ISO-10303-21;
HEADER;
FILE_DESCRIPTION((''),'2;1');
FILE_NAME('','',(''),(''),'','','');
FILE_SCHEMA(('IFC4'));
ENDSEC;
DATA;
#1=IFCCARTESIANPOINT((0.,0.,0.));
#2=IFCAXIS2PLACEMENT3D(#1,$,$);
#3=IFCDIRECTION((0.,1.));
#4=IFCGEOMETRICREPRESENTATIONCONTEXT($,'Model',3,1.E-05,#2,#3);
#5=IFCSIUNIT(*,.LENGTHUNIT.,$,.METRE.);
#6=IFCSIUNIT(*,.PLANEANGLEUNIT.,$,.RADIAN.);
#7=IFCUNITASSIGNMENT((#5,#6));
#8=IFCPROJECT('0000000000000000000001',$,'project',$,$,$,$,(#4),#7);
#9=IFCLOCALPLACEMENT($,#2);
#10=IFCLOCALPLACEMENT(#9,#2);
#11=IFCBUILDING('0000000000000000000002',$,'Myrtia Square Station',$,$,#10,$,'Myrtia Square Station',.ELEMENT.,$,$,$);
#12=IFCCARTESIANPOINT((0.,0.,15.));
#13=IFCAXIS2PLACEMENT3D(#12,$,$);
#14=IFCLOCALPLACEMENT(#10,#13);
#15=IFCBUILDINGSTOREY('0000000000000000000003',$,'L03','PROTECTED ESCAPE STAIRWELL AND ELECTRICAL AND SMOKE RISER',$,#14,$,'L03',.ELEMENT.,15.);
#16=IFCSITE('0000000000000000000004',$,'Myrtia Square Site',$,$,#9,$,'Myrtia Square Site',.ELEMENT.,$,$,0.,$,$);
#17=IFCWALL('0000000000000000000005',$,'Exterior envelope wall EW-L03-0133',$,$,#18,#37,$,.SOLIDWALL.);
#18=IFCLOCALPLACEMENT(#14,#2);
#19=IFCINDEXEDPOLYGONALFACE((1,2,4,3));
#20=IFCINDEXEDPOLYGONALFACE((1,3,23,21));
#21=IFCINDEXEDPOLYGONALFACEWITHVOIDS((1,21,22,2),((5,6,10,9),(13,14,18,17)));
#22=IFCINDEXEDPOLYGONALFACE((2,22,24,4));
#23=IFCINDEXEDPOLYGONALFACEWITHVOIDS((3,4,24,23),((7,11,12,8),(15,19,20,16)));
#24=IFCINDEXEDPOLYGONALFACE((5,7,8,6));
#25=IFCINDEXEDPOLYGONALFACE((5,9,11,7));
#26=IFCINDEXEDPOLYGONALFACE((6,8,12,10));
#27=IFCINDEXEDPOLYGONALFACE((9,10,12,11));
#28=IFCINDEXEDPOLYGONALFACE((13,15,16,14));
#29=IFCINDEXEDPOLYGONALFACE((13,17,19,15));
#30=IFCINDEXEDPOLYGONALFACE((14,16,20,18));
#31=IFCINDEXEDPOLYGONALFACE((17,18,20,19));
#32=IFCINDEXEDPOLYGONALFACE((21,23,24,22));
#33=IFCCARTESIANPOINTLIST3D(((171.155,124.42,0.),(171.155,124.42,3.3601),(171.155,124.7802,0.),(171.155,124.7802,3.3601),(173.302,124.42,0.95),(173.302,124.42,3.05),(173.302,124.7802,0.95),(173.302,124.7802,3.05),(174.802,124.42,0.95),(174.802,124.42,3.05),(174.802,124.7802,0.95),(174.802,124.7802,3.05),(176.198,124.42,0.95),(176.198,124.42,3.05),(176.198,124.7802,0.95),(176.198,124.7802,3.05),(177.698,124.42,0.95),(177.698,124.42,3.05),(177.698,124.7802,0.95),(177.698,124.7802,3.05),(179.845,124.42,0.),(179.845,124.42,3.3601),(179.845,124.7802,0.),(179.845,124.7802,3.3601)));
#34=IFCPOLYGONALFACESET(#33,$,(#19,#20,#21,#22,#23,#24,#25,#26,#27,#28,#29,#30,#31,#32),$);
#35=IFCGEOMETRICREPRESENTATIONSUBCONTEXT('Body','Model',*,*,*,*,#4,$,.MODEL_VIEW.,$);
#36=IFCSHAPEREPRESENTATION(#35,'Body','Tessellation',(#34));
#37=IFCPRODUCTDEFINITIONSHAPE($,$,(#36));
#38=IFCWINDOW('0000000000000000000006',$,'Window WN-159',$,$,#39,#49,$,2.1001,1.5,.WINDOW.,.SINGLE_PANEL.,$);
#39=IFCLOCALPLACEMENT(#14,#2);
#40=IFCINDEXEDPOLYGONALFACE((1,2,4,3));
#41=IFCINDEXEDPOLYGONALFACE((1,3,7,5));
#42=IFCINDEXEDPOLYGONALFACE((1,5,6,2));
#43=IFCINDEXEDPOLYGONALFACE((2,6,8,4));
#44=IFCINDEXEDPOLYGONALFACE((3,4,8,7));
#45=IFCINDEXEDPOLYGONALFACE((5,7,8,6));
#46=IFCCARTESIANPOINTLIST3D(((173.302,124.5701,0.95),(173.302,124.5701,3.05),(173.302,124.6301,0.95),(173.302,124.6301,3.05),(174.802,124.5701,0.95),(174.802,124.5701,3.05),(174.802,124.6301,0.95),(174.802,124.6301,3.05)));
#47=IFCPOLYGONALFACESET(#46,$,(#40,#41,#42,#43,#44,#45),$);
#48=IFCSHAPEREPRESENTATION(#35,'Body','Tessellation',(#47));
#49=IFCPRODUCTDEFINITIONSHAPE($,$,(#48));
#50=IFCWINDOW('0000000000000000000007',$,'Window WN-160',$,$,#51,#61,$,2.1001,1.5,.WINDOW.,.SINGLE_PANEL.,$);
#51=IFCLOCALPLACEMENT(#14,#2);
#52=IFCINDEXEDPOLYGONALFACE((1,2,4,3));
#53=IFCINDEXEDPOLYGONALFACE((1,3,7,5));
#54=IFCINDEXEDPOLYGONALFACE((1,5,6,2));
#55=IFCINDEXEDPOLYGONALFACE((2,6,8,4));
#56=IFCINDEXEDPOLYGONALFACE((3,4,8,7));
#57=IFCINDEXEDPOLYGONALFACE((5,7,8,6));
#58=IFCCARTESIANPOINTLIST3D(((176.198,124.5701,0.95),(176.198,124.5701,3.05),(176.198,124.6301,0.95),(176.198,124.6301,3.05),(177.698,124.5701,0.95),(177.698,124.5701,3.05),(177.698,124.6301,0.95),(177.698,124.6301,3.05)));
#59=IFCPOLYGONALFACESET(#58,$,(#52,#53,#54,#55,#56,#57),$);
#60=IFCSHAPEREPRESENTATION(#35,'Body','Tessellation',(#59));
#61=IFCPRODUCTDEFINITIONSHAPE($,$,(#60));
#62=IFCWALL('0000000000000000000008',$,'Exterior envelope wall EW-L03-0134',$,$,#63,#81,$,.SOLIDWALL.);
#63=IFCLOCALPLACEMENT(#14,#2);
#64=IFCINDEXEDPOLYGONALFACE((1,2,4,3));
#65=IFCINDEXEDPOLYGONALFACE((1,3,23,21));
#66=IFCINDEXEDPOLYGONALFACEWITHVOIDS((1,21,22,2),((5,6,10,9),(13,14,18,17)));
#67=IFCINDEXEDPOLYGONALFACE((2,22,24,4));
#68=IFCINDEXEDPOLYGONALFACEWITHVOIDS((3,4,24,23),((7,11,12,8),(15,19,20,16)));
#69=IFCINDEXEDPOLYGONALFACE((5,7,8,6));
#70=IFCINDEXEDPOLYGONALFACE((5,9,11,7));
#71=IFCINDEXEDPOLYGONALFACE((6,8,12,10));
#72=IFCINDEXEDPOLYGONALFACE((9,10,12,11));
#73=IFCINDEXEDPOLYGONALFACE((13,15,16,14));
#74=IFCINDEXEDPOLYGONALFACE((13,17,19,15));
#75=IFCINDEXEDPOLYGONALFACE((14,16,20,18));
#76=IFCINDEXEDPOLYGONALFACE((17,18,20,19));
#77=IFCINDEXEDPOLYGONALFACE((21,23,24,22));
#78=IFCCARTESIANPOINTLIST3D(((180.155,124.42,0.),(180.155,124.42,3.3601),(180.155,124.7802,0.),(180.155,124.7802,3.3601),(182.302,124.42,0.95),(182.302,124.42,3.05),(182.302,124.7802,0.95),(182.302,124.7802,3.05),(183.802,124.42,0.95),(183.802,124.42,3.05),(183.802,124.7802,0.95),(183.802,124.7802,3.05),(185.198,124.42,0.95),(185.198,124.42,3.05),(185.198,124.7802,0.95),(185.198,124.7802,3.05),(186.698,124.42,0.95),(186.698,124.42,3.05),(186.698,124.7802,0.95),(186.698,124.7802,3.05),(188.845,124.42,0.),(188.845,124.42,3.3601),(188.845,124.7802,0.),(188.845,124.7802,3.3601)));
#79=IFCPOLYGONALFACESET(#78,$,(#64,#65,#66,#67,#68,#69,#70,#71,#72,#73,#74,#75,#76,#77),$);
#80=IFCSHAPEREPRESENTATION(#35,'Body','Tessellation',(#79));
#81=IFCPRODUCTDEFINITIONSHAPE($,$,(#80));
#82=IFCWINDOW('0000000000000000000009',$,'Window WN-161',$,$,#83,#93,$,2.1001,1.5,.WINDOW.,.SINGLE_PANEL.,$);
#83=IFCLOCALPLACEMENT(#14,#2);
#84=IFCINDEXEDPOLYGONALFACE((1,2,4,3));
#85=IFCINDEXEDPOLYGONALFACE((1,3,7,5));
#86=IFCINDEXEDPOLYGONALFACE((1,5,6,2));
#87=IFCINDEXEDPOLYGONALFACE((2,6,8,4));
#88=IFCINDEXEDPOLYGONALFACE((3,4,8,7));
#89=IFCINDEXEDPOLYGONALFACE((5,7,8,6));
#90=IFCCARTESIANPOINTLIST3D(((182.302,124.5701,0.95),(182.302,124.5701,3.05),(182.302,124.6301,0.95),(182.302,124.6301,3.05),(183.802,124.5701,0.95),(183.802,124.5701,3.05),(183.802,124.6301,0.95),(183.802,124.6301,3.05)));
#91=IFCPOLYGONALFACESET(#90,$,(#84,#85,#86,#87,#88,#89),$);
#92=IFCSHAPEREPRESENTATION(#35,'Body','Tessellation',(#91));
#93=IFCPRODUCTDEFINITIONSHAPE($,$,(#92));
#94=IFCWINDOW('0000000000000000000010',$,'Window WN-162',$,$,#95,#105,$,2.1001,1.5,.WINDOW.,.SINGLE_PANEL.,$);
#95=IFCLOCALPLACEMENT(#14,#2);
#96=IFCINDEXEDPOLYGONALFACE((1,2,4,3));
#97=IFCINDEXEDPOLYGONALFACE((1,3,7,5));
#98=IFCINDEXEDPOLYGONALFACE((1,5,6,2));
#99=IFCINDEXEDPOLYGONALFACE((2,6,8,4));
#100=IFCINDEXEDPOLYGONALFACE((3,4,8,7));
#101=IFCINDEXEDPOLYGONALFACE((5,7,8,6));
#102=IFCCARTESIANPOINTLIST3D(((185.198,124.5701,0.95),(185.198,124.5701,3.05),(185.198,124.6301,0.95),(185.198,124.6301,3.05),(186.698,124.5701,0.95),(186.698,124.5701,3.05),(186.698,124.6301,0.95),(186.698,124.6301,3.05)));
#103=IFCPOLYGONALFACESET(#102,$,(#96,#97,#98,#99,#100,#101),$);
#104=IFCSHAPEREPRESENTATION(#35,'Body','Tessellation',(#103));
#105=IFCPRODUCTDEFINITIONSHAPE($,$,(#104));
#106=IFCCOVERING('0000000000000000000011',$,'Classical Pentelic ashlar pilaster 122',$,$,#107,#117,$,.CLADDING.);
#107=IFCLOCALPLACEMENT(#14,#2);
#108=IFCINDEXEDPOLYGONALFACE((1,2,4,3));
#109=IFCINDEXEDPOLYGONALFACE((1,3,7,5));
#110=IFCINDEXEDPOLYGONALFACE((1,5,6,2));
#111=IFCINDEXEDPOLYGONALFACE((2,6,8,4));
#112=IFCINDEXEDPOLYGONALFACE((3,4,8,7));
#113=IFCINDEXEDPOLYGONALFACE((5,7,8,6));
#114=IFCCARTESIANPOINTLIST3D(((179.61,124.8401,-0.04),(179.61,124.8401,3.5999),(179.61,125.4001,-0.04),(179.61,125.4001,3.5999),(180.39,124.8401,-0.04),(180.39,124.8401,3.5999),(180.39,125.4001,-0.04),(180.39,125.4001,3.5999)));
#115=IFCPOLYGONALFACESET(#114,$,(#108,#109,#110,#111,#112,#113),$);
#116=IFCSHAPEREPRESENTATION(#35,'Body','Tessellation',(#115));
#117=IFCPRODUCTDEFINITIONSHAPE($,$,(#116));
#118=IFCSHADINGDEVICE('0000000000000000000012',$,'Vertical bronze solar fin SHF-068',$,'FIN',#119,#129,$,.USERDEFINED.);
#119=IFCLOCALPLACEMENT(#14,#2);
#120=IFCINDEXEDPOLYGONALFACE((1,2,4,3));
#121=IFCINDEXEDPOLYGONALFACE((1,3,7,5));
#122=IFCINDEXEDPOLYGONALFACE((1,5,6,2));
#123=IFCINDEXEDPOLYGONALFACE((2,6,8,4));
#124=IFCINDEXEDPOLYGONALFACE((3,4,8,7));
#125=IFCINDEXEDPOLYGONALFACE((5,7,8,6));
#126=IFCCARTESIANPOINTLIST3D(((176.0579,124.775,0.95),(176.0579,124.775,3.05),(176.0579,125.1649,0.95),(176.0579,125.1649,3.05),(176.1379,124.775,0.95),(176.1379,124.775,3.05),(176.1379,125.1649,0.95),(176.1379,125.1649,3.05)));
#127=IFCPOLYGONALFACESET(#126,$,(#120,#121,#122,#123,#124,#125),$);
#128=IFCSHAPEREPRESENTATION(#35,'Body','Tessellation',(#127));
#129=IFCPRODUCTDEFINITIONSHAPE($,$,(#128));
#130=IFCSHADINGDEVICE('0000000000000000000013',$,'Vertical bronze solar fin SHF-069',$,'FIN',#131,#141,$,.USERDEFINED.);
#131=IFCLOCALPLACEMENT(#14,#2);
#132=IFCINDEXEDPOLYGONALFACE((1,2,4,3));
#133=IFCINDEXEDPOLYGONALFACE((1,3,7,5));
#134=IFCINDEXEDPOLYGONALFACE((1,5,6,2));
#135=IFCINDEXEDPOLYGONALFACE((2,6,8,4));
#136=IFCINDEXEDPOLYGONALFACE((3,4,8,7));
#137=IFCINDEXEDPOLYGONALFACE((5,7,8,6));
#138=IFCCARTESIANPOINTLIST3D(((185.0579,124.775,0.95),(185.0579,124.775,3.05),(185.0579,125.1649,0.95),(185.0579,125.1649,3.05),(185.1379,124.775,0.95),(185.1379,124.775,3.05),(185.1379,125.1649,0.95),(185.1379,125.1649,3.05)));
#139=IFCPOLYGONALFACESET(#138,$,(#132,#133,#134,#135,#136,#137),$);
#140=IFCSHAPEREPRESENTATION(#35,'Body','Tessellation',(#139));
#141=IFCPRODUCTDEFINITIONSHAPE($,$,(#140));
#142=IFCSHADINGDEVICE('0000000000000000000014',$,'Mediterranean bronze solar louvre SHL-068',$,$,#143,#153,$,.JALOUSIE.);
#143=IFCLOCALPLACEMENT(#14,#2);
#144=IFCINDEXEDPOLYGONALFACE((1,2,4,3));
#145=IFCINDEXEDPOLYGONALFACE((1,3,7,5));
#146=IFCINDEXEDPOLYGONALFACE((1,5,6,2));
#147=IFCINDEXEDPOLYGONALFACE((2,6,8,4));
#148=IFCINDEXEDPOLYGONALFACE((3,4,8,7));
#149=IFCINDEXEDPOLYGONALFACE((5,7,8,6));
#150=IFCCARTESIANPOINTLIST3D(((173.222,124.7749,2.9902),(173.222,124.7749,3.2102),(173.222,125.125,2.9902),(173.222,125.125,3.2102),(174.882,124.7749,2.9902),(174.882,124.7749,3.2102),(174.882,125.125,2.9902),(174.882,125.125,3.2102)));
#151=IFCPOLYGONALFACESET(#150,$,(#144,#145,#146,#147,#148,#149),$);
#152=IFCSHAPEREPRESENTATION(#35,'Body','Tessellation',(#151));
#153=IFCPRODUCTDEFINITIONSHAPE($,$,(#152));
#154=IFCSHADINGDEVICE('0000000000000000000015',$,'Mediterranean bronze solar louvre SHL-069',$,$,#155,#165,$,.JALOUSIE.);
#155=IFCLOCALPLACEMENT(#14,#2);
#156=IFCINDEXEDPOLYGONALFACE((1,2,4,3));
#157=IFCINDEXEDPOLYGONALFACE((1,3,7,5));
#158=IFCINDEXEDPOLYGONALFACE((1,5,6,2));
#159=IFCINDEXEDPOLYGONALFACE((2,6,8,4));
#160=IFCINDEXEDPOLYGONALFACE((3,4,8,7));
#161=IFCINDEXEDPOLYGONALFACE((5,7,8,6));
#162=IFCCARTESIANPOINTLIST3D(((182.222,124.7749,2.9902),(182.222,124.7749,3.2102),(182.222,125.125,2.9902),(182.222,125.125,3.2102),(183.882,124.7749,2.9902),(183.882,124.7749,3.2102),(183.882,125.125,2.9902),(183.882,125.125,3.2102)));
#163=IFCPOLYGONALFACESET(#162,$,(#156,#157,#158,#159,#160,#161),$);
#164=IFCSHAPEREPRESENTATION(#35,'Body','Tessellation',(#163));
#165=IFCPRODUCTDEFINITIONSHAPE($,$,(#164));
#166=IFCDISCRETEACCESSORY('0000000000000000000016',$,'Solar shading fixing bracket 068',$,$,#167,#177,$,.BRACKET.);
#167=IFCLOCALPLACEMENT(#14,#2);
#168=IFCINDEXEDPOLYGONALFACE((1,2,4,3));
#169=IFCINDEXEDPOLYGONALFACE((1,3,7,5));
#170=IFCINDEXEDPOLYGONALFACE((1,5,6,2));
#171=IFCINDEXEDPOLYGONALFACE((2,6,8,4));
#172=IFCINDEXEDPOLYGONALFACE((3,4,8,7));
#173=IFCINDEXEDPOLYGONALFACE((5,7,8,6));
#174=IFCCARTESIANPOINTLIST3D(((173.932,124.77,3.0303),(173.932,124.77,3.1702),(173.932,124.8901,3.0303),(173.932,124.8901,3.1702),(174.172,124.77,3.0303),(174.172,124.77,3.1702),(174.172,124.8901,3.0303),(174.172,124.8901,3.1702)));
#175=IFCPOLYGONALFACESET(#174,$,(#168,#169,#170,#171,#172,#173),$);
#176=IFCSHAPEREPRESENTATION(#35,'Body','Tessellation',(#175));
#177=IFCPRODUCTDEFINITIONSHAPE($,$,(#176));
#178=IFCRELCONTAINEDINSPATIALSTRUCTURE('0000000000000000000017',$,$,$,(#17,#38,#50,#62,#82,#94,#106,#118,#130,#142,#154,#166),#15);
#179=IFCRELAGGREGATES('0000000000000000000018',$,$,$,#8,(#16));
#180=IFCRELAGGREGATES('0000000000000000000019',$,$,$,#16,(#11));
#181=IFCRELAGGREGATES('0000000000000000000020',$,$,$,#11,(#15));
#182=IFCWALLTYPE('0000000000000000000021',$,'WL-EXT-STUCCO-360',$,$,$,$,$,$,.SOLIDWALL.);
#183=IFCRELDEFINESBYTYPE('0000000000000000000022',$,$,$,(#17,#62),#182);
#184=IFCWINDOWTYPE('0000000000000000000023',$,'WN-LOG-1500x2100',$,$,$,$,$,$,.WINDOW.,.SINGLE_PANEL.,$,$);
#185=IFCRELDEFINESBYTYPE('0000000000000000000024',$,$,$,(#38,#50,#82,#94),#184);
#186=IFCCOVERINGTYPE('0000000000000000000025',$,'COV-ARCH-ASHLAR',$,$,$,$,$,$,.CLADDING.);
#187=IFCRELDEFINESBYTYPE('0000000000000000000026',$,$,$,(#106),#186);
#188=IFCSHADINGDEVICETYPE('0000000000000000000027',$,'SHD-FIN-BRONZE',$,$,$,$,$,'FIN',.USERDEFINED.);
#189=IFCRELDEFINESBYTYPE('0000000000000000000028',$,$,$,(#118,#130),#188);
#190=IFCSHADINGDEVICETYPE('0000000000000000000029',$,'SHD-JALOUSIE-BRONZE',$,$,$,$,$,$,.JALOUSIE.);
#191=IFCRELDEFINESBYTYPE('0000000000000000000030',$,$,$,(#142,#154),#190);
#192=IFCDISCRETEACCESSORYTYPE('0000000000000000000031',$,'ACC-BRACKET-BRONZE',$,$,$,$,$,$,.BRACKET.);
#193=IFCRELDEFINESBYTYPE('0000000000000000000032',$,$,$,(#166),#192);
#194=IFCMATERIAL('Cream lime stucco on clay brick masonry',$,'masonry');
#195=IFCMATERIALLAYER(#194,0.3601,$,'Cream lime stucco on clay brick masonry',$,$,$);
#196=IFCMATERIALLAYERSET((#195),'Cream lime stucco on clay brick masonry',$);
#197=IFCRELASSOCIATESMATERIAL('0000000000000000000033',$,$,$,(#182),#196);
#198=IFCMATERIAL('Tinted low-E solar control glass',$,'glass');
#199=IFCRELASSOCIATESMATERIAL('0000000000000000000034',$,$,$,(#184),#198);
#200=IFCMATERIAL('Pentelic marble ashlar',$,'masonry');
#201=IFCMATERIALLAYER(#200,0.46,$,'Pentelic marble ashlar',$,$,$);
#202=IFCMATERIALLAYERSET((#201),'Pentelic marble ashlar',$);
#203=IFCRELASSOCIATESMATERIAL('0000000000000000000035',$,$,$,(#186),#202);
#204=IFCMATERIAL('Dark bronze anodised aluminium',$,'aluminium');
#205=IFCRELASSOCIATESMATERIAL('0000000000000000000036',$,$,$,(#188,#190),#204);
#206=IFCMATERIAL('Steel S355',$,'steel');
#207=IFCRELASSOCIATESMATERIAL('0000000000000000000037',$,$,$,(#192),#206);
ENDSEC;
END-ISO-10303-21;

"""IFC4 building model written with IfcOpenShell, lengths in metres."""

from ifc_helpers import new_model, si_unit, direction, frame, frame_2d, origin, origin_2d, place, context, subcontext, project, spatial, rectangle, extrude, material, layer, layer_set, type_object, element, fill, save


model = new_model("IFC4")

# Units and contexts
model_context = context("Model", 3, precision=1e-05, world=origin(), true_north=direction((0.0, 1.0)))
body_context = subcontext(model_context, "Body", "Model", "MODEL_VIEW")
ifc_project = project(units=[si_unit("LENGTHUNIT", "METRE"), si_unit("PLANEANGLEUNIT", "RADIAN")], contexts=[model_context])

# Site, building, storey
site_placement = place(None, origin())
site = spatial("IfcSite", under=ifc_project, at=site_placement, Name="Myrtia Square Site", LongName="Myrtia Square Site", CompositionType="ELEMENT", RefElevation=0.0)
building_placement = place(site_placement, origin())
building = spatial("IfcBuilding", under=site, at=building_placement, Name="Myrtia Square Station", LongName="Myrtia Square Station", CompositionType="ELEMENT")
storey_placement = place(building_placement, frame((0.0, 0.0, 15.0)))
storey = spatial("IfcBuildingStorey", under=building, at=storey_placement, Name="L03", Description="PROTECTED ESCAPE STAIRWELL AND ELECTRICAL AND SMOKE RISER", LongName="L03", CompositionType="ELEMENT", Elevation=15.0)

# Shared definitions
ifc_material_1 = material(Name="Steel S355", Category="steel")

# Shared definitions
ifc_material_2 = material(Name="Dark bronze anodised aluminium", Category="aluminium")

# Shared definitions
ifc_material_3 = material(Name="Tinted low-E solar control glass", Category="glass")

# Walls, openings, windows
ifc_material_4 = material(Name="Cream lime stucco on clay brick masonry", Category="masonry")
ifc_layer_1 = layer(ifc_material_4, 0.3601, Name="Cream lime stucco on clay brick masonry")
ifc_layer_set_1 = layer_set([ifc_layer_1], Name="Cream lime stucco on clay brick masonry")
wall_type = type_object("IfcWallType", Name="WL-EXT-STUCCO-360", PredefinedType="SOLIDWALL", material=ifc_layer_set_1)
wall_1_placement = place(storey_placement, frame((171.155, 124.6001, 0.0), z_axis=(0.0, 0.0, 1.0), x_axis=(1.0, 0.0, 0.0)))
wall_1 = element("IfcWall", 1, at=wall_1_placement, inside=storey, type_object=wall_type, Name="Exterior envelope wall EW-L03-0133", PredefinedType="SOLIDWALL", context=body_context, shape_type="SweptSolid", body=[
    extrude(rectangle(XDim=8.6899, YDim=0.3601, at=frame_2d((4.345, 0.0))), origin(), (0.0, 0.0, 1.0), 3.3601),
])
opening_1_placement = place(wall_1_placement, frame((2.147, 0.0, 0.95)))
opening_1 = element("IfcOpeningElement", 2, at=opening_1_placement, cuts=wall_1, PredefinedType="OPENING", context=body_context, shape_type="SweptSolid", body=[
    extrude(rectangle(XDim=1.5, YDim=2.1001, at=frame_2d((0.75, 1.05))), frame((0.0, 0.1951, 0.0), z_axis=(0.0, -1.0, 0.0), x_axis=(1.0, 0.0, 0.0)), (0.0, 0.0, 1.0), 0.3901),
])
opening_2_placement = place(wall_1_placement, frame((5.043, 0.0, 0.95)))
opening_2 = element("IfcOpeningElement", 3, at=opening_2_placement, cuts=wall_1, PredefinedType="OPENING", context=body_context, shape_type="SweptSolid", body=[
    extrude(rectangle(XDim=1.5, YDim=2.1001, at=frame_2d((0.75, 1.05))), frame((0.0, 0.1951, 0.0), z_axis=(0.0, -1.0, 0.0), x_axis=(1.0, 0.0, 0.0)), (0.0, 0.0, 1.0), 0.3901),
])
window_type = type_object("IfcWindowType", Name="WN-LOG-1500x2100", PartitioningType="SINGLE_PANEL", PredefinedType="WINDOW", material=ifc_material_3)
window_1_placement = place(opening_1_placement, origin())
window_1 = element("IfcWindow", 4, at=window_1_placement, inside=storey, type_object=window_type, Name="Window WN-159", OverallHeight=2.1001, OverallWidth=1.5, PartitioningType="SINGLE_PANEL", PredefinedType="WINDOW", context=body_context, shape_type="SweptSolid", body=[
    extrude(rectangle(XDim=1.5, YDim=2.1001, at=frame_2d((0.75, 1.05))), frame((0.0, 0.03, 0.0), z_axis=(0.0, -1.0, 0.0), x_axis=(1.0, 0.0, 0.0)), (0.0, 0.0, 1.0), 0.0601),
])
fill(opening_1, window_1)
window_2_placement = place(opening_2_placement, origin())
window_2 = element("IfcWindow", 5, at=window_2_placement, inside=storey, type_object=window_type, Name="Window WN-160", OverallHeight=2.1001, OverallWidth=1.5, PartitioningType="SINGLE_PANEL", PredefinedType="WINDOW", context=body_context, shape_type="SweptSolid", body=[
    extrude(rectangle(XDim=1.5, YDim=2.1001, at=frame_2d((0.75, 1.05))), frame((0.0, 0.03, 0.0), z_axis=(0.0, -1.0, 0.0), x_axis=(1.0, 0.0, 0.0)), (0.0, 0.0, 1.0), 0.0601),
])
fill(opening_2, window_2)
wall_2_placement = place(storey_placement, frame((180.155, 124.6001, 0.0), z_axis=(0.0, 0.0, 1.0), x_axis=(1.0, 0.0, 0.0)))
wall_2 = element("IfcWall", 6, at=wall_2_placement, inside=storey, type_object=wall_type, Name="Exterior envelope wall EW-L03-0134", PredefinedType="SOLIDWALL", context=body_context, shape_type="SweptSolid", body=[
    extrude(rectangle(XDim=8.6899, YDim=0.3601, at=frame_2d((4.345, 0.0))), origin(), (0.0, 0.0, 1.0), 3.3601),
])
opening_3_placement = place(wall_2_placement, frame((2.147, 0.0, 0.95)))
opening_3 = element("IfcOpeningElement", 7, at=opening_3_placement, cuts=wall_2, PredefinedType="OPENING", context=body_context, shape_type="SweptSolid", body=[
    extrude(rectangle(XDim=1.5, YDim=2.1001, at=frame_2d((0.75, 1.05))), frame((0.0, 0.1951, 0.0), z_axis=(0.0, -1.0, 0.0), x_axis=(1.0, 0.0, 0.0)), (0.0, 0.0, 1.0), 0.3901),
])
opening_4_placement = place(wall_2_placement, frame((5.043, 0.0, 0.95)))
opening_4 = element("IfcOpeningElement", 8, at=opening_4_placement, cuts=wall_2, PredefinedType="OPENING", context=body_context, shape_type="SweptSolid", body=[
    extrude(rectangle(XDim=1.5, YDim=2.1001, at=frame_2d((0.75, 1.05))), frame((0.0, 0.1951, 0.0), z_axis=(0.0, -1.0, 0.0), x_axis=(1.0, 0.0, 0.0)), (0.0, 0.0, 1.0), 0.3901),
])
window_3_placement = place(opening_3_placement, origin())
window_3 = element("IfcWindow", 9, at=window_3_placement, inside=storey, type_object=window_type, Name="Window WN-161", OverallHeight=2.1001, OverallWidth=1.5, PartitioningType="SINGLE_PANEL", PredefinedType="WINDOW", context=body_context, shape_type="SweptSolid", body=[
    extrude(rectangle(XDim=1.5, YDim=2.1001, at=frame_2d((0.75, 1.05))), frame((0.0, 0.03, 0.0), z_axis=(0.0, -1.0, 0.0), x_axis=(1.0, 0.0, 0.0)), (0.0, 0.0, 1.0), 0.0601),
])
fill(opening_3, window_3)
window_4_placement = place(opening_4_placement, origin())
window_4 = element("IfcWindow", 10, at=window_4_placement, inside=storey, type_object=window_type, Name="Window WN-162", OverallHeight=2.1001, OverallWidth=1.5, PartitioningType="SINGLE_PANEL", PredefinedType="WINDOW", context=body_context, shape_type="SweptSolid", body=[
    extrude(rectangle(XDim=1.5, YDim=2.1001, at=frame_2d((0.75, 1.05))), frame((0.0, 0.03, 0.0), z_axis=(0.0, -1.0, 0.0), x_axis=(1.0, 0.0, 0.0)), (0.0, 0.0, 1.0), 0.0601),
])
fill(opening_4, window_4)

# Covering
ifc_material_5 = material(Name="Pentelic marble ashlar", Category="masonry")
ifc_layer_2 = layer(ifc_material_5, 0.46, Name="Pentelic marble ashlar")
ifc_layer_set_2 = layer_set([ifc_layer_2], Name="Pentelic marble ashlar")
covering_type = type_object("IfcCoveringType", Name="COV-ARCH-ASHLAR", PredefinedType="CLADDING", material=ifc_layer_set_2)
covering_placement = place(storey_placement, frame((180.0, 125.1201, -0.04), z_axis=(0.0, 0.0, 1.0), x_axis=(1.0, 0.0, 0.0)))
element("IfcCovering", 11, at=covering_placement, inside=storey, type_object=covering_type, Name="Classical Pentelic ashlar pilaster 122", PredefinedType="CLADDING", context=body_context, shape_type="SweptSolid", body=[
    extrude(rectangle(XDim=0.78, YDim=0.5601, at=origin_2d()), origin(), (0.0, 0.0, 1.0), 3.6399),
])

# Shading devices
shading_device_type_1 = type_object("IfcShadingDeviceType", Name="SHD-FIN-BRONZE", ElementType="FIN", PredefinedType="USERDEFINED", material=ifc_material_2)
for number, where, z_axis, x_axis, name in (
    (12, (176.0979, 124.97, 0.95), (0.0, 0.0, 1.0), (1.0, 0.0, 0.0), "Vertical bronze solar fin SHF-068"),
    (13, (185.0979, 124.97, 0.95), (0.0, 0.0, 1.0), (1.0, 0.0, 0.0), "Vertical bronze solar fin SHF-069"),
):
    element("IfcShadingDevice", number, at=place(storey_placement, frame(where, z_axis=z_axis, x_axis=x_axis)), inside=storey, type_object=shading_device_type_1, Name=name, ObjectType="FIN", PredefinedType="USERDEFINED", context=body_context, shape_type="SweptSolid", body=[
        extrude(rectangle(XDim=0.0801, YDim=0.3899, at=origin_2d()), origin(), (0.0, 0.0, 1.0), 2.1001),
    ])
shading_device_type_2 = type_object("IfcShadingDeviceType", Name="SHD-JALOUSIE-BRONZE", PredefinedType="JALOUSIE", material=ifc_material_2)
for number, where, z_axis, x_axis, name in (
    (14, (174.052, 124.95, 2.9902), (0.0, 0.0, 1.0), (1.0, 0.0, 0.0), "Mediterranean bronze solar louvre SHL-068"),
    (15, (183.052, 124.95, 2.9902), (0.0, 0.0, 1.0), (1.0, 0.0, 0.0), "Mediterranean bronze solar louvre SHL-069"),
):
    element("IfcShadingDevice", number, at=place(storey_placement, frame(where, z_axis=z_axis, x_axis=x_axis)), inside=storey, type_object=shading_device_type_2, Name=name, PredefinedType="JALOUSIE", context=body_context, shape_type="SweptSolid", body=[
        extrude(rectangle(XDim=1.6599, YDim=0.3501, at=origin_2d()), origin(), (0.0, 0.0, 1.0), 0.22),
    ])

# Discrete accessory
discrete_accessory_type = type_object("IfcDiscreteAccessoryType", Name="ACC-BRACKET-BRONZE", PredefinedType="BRACKET", material=ifc_material_1)
for number, where, z_axis, x_axis, name in (
    (16, (174.052, 124.8301, 3.0303), (0.0, 0.0, 1.0), (1.0, 0.0, 0.0), "Solar shading fixing bracket 068"),
):
    element("IfcDiscreteAccessory", number, at=place(storey_placement, frame(where, z_axis=z_axis, x_axis=x_axis)), inside=storey, type_object=discrete_accessory_type, Name=name, PredefinedType="BRACKET", context=body_context, shape_type="SweptSolid", body=[
        extrude(rectangle(XDim=0.24, YDim=0.1201, at=origin_2d()), origin(), (0.0, 0.0, 1.0), 0.1399),
    ])

save(model, "model.ifc")
